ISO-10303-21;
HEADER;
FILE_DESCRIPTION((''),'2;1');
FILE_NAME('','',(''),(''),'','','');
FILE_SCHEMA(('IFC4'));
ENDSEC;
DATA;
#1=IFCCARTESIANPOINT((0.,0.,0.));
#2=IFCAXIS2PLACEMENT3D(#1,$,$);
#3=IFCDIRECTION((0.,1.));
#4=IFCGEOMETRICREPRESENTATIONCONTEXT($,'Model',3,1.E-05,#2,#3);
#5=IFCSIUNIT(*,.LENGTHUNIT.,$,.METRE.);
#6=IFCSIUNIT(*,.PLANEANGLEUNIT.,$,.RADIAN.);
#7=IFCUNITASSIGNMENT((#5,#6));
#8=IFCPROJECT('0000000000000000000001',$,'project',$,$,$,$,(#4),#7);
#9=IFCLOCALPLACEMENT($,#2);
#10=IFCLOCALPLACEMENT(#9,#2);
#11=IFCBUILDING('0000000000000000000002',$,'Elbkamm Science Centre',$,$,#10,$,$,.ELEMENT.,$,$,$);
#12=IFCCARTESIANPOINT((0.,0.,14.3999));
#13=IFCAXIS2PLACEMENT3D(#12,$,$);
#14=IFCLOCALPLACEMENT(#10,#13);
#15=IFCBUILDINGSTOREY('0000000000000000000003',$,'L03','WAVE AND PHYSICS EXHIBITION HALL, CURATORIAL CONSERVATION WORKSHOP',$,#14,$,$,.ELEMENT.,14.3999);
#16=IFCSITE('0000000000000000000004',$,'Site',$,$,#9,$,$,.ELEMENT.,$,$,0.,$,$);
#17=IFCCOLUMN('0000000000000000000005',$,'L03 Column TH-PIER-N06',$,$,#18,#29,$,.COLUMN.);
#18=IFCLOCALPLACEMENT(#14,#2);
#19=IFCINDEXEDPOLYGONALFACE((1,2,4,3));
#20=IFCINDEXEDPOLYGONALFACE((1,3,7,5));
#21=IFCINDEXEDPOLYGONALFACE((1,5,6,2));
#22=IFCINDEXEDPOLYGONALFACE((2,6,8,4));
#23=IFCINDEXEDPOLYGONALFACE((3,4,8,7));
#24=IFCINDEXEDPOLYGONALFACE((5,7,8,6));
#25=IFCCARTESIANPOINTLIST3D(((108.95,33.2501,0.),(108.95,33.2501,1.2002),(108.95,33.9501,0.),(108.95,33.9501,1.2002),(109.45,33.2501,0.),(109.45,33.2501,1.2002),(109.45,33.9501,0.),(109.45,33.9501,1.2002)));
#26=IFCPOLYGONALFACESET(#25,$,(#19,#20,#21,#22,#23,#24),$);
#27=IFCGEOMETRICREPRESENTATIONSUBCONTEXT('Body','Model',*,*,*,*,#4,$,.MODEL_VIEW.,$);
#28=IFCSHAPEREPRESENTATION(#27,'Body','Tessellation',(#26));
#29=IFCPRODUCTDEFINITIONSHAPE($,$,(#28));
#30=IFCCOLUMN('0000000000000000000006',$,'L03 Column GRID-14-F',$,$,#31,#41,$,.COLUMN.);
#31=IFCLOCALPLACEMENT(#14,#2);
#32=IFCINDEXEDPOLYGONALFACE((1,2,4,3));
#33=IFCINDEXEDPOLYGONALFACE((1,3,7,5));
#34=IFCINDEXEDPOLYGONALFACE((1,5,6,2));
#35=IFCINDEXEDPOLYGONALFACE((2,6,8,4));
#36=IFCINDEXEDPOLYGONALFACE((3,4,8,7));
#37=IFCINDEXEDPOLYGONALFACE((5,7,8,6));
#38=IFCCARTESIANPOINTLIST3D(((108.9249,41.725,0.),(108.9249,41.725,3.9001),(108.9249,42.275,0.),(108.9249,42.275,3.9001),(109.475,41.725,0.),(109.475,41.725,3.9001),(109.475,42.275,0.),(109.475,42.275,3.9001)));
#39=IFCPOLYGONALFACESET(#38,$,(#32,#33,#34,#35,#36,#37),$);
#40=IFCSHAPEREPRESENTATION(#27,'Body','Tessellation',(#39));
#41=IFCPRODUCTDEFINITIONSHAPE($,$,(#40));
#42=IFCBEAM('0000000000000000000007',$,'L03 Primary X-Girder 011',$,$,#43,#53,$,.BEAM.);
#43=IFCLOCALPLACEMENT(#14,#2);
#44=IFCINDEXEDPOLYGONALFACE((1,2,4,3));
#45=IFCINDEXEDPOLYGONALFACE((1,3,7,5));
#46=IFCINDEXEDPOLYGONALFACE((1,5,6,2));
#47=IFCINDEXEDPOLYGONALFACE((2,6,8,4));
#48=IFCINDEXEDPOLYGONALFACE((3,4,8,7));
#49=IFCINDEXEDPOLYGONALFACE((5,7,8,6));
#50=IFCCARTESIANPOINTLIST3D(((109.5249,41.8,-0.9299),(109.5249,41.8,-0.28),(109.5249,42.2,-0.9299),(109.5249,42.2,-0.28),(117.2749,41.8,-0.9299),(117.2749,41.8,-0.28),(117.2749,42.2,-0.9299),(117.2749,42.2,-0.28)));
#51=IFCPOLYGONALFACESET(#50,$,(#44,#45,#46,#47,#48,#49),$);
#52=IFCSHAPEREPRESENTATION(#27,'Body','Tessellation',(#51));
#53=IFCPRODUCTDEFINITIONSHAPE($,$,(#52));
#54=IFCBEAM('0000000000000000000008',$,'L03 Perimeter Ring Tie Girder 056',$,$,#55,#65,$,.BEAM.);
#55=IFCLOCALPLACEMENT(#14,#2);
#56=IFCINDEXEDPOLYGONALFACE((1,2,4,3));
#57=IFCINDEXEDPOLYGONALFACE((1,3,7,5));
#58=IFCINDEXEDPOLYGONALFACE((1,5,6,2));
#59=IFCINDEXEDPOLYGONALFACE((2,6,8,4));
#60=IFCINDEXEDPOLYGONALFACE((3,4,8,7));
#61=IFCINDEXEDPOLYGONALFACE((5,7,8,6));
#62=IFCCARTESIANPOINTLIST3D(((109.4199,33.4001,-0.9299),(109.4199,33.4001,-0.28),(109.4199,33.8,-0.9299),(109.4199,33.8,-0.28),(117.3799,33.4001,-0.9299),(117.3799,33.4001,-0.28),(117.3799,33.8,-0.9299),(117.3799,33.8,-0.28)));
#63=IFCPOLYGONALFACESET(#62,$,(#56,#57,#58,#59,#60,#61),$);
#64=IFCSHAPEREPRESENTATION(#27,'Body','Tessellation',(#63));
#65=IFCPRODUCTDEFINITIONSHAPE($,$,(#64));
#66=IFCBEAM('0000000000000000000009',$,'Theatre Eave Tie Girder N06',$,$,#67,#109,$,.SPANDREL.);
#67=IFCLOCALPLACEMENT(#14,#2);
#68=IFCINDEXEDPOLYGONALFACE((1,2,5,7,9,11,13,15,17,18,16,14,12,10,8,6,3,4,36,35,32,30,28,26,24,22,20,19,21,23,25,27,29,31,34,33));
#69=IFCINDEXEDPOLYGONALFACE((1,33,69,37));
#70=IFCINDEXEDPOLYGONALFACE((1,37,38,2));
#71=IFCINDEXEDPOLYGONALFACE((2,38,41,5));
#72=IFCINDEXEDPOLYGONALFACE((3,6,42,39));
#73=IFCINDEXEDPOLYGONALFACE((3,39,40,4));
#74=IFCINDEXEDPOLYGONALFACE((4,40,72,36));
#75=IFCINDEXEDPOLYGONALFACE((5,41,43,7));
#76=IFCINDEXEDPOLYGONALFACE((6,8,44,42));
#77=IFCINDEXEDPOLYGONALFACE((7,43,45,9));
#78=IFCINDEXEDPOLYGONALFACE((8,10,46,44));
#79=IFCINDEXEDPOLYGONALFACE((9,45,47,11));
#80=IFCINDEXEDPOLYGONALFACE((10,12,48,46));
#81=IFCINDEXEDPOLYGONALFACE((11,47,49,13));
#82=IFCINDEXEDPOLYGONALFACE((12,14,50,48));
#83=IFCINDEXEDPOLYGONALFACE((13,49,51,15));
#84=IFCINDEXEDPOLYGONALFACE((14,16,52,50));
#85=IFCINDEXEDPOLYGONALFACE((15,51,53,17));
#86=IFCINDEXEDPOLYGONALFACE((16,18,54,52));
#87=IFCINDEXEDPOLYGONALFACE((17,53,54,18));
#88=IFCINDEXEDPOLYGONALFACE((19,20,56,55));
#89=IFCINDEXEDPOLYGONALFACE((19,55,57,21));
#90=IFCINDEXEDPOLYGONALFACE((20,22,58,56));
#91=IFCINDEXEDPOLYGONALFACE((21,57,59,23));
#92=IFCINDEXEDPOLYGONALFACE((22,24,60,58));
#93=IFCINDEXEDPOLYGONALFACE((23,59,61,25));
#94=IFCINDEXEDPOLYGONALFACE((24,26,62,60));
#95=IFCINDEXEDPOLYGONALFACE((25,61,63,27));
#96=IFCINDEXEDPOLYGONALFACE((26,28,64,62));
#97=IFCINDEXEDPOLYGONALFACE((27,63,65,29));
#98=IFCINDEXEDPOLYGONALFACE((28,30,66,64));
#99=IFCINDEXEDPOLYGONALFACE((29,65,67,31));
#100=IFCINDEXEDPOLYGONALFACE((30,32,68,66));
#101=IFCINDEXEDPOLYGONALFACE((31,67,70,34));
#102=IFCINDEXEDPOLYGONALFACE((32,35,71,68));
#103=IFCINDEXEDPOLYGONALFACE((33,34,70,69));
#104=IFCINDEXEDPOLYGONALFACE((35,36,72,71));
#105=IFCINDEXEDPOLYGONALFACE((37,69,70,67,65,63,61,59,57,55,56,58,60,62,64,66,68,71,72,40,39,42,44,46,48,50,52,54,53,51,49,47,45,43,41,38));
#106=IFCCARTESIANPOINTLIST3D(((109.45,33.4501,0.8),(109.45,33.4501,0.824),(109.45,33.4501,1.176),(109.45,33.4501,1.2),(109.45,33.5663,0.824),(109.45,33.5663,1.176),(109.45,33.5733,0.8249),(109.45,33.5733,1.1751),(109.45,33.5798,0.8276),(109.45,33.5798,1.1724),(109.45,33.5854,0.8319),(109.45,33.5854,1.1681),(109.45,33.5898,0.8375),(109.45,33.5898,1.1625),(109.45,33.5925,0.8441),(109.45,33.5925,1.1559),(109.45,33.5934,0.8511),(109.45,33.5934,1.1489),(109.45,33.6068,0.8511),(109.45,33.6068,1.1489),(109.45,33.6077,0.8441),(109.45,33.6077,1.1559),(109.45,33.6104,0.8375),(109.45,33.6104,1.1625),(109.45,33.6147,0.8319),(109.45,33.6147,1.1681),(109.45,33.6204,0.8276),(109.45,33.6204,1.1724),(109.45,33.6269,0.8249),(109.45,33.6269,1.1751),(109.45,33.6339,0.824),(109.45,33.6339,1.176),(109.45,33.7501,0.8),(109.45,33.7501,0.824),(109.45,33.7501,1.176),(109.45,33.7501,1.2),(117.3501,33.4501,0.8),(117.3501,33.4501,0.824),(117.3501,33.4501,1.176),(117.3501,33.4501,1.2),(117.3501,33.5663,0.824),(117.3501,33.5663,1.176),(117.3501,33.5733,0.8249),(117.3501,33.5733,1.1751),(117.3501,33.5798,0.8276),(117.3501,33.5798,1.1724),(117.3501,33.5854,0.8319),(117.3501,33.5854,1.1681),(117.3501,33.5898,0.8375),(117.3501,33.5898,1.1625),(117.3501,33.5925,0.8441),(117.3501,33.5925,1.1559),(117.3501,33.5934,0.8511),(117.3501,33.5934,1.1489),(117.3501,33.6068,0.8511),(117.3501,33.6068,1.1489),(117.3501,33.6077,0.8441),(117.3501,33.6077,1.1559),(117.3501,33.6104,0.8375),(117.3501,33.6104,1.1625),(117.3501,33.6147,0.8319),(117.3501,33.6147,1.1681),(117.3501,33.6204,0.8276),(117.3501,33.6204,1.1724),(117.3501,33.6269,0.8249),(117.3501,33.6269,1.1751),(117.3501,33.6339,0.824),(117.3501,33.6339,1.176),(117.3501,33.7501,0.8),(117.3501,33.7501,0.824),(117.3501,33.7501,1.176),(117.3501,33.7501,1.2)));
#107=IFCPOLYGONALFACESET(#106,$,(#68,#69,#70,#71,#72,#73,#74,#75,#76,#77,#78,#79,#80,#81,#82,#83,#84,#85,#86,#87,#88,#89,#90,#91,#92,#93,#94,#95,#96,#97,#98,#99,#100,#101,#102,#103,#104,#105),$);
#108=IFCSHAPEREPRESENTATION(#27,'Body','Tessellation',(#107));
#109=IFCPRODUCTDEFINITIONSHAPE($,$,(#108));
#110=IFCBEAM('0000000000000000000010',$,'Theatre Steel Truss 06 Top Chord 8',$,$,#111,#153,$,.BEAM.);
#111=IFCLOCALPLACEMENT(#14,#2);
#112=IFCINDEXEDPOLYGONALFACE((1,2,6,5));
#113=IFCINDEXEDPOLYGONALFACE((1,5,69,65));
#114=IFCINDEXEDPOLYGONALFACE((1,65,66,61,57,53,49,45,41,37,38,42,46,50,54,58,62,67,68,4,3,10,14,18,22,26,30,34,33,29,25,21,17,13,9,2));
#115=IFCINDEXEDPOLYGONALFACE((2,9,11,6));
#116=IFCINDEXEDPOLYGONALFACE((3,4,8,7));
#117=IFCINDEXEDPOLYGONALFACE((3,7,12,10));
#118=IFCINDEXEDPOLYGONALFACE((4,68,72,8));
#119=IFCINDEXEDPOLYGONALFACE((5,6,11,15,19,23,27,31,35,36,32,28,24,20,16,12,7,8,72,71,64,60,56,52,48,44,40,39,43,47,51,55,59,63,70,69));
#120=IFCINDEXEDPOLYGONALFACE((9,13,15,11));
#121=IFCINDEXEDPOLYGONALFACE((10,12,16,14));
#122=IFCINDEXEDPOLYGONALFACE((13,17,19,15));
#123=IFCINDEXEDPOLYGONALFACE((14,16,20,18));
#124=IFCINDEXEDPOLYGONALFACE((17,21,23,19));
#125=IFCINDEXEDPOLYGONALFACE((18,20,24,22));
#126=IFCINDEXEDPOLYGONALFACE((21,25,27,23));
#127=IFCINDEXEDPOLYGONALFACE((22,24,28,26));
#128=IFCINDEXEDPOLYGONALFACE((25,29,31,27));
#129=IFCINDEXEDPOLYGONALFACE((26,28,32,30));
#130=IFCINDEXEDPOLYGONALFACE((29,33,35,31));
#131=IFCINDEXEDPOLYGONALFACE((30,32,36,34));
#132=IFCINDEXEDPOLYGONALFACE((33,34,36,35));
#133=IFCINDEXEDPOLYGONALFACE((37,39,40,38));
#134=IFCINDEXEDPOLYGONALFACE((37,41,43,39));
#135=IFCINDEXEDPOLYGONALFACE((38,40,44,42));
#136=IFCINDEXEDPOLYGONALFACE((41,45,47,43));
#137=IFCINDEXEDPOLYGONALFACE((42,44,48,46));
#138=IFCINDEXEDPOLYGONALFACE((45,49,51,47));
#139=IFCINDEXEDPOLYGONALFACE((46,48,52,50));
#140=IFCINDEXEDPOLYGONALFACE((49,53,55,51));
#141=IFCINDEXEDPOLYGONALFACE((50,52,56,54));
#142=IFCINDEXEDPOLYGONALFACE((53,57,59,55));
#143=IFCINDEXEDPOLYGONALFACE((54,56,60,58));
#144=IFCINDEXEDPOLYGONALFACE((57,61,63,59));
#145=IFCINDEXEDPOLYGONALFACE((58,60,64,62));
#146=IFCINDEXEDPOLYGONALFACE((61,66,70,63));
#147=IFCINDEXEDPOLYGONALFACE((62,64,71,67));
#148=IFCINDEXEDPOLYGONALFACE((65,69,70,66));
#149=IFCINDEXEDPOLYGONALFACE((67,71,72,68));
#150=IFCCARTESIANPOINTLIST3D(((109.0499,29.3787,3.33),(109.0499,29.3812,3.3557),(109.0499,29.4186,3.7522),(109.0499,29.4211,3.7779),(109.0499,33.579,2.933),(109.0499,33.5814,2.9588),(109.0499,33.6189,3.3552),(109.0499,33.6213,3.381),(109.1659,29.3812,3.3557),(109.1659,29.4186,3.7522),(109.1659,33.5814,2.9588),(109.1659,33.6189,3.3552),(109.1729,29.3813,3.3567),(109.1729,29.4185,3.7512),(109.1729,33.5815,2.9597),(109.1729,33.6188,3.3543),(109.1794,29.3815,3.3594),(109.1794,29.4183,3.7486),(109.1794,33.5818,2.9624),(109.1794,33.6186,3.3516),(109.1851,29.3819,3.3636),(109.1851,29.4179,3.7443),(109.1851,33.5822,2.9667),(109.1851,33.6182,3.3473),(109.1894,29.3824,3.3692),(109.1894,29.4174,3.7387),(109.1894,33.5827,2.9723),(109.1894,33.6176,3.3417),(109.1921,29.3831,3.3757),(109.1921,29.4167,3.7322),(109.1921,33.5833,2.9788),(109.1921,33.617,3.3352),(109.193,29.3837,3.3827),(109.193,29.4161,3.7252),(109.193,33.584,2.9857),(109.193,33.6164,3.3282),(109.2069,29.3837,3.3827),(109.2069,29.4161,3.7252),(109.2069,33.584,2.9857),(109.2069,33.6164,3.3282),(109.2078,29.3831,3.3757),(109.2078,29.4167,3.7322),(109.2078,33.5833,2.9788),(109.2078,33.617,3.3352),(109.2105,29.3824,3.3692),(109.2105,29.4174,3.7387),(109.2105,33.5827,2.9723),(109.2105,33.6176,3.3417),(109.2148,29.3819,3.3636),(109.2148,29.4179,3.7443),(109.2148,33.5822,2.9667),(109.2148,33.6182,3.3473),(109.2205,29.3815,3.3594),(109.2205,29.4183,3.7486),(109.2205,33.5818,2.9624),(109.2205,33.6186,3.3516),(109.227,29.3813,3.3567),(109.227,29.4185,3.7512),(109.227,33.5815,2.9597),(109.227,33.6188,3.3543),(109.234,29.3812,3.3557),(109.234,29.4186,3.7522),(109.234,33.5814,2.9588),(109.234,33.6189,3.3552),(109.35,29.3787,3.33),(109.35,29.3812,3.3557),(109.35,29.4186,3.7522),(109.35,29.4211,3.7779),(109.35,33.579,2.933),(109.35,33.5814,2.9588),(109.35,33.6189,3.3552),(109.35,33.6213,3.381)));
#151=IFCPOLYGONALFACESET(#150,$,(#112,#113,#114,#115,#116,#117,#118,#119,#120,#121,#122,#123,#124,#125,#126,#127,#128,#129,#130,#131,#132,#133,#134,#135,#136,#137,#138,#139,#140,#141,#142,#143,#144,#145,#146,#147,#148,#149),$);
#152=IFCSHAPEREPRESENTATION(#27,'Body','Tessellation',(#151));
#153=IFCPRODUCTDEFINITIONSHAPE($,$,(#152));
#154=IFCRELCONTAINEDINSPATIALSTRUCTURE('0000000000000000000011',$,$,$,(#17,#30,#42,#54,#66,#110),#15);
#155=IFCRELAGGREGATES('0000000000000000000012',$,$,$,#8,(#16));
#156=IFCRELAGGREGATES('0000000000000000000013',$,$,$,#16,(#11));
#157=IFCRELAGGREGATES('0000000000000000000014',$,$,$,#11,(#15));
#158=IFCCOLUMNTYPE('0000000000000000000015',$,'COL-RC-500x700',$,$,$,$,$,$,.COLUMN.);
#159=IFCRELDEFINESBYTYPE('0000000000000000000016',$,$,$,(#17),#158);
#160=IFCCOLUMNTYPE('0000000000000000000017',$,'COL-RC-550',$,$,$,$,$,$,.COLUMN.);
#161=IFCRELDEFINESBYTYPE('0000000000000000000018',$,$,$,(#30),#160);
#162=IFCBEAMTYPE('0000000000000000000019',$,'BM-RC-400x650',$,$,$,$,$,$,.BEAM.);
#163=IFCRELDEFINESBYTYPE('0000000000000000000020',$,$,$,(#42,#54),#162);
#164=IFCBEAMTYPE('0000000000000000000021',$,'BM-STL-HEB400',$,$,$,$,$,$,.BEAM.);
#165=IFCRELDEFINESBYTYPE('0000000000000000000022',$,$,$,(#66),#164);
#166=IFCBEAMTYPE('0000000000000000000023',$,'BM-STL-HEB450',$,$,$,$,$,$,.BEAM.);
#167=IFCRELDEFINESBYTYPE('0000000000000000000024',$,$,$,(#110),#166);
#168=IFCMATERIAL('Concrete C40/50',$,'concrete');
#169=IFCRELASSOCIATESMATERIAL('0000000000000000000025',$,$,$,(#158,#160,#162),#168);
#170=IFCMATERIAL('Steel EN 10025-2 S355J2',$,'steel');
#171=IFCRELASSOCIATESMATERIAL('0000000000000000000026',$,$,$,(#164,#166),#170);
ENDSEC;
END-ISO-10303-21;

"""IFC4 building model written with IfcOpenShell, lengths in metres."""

from ifc_helpers import new_model, si_unit, direction, frame, origin, origin_2d, place, context, subcontext, project, spatial, rectangle, i_section, extrude, material, material_profile, profile_set, type_object, element, save


model = new_model("IFC4")

# Units and contexts
model_context = context("Model", 3, precision=1e-05, world=origin(), true_north=direction((0.0, 1.0)))
body_context = subcontext(model_context, "Body", "Model", "MODEL_VIEW")
ifc_project = project(units=[si_unit("LENGTHUNIT", "METRE"), si_unit("PLANEANGLEUNIT", "RADIAN")], contexts=[model_context])

# Site, building, storey
site_placement = place(None, origin())
site = spatial("IfcSite", under=ifc_project, at=site_placement, Name="Site", CompositionType="ELEMENT", RefElevation=0.0)
building_placement = place(site_placement, origin())
building = spatial("IfcBuilding", under=site, at=building_placement, Name="Elbkamm Science Centre", CompositionType="ELEMENT")
storey_placement = place(building_placement, frame((0.0, 0.0, 14.3999)))
storey = spatial("IfcBuildingStorey", under=building, at=storey_placement, Name="L03", Description="WAVE AND PHYSICS EXHIBITION HALL, CURATORIAL CONSERVATION WORKSHOP", CompositionType="ELEMENT", Elevation=14.3999)

# Columns
ifc_material_1 = material(Name="Concrete C40/50", Category="concrete")
ifc_material_profile_1 = material_profile(ifc_material_1, rectangle(XDim=0.5, YDim=0.7, at=origin_2d()), Name="RC 500x700")
ifc_profile_set_1 = profile_set([ifc_material_profile_1], Name="Concrete C40/50")
column_type_1 = type_object("IfcColumnType", Name="COL-RC-500x700", PredefinedType="COLUMN", material=ifc_profile_set_1)
column_1_placement = place(storey_placement, frame((109.2, 33.6001, 0.0), z_axis=(0.0, 0.0, 1.0), x_axis=(1.0, 0.0, 0.0)))
element("IfcColumn", 1, at=column_1_placement, inside=storey, type_object=column_type_1, Name="L03 Column TH-PIER-N06", PredefinedType="COLUMN", context=body_context, shape_type="SweptSolid", body=[
    extrude(rectangle(XDim=0.5, YDim=0.7, at=origin_2d()), origin(), (0.0, 0.0, 1.0), 1.2002),
])
ifc_material_profile_2 = material_profile(ifc_material_1, rectangle(XDim=0.55, YDim=0.55, at=origin_2d()), Name="RC 550x550")
ifc_profile_set_2 = profile_set([ifc_material_profile_2], Name="Concrete C40/50")
column_type_2 = type_object("IfcColumnType", Name="COL-RC-550", PredefinedType="COLUMN", material=ifc_profile_set_2)
column_2_placement = place(storey_placement, frame((109.2, 42.0, 0.0), z_axis=(0.0, 0.0, 1.0), x_axis=(1.0, 0.0, 0.0)))
element("IfcColumn", 2, at=column_2_placement, inside=storey, type_object=column_type_2, Name="L03 Column GRID-14-F", PredefinedType="COLUMN", context=body_context, shape_type="SweptSolid", body=[
    extrude(rectangle(XDim=0.55, YDim=0.55, at=origin_2d()), origin(), (0.0, 0.0, 1.0), 3.9001),
])

# Beams
ifc_material_profile_3 = material_profile(ifc_material_1, rectangle(XDim=0.3999, YDim=0.6499, at=origin_2d()), Name="RC 400x650")
ifc_profile_set_3 = profile_set([ifc_material_profile_3], Name="Concrete C40/50")
beam_type_1 = type_object("IfcBeamType", Name="BM-RC-400x650", PredefinedType="BEAM", material=ifc_profile_set_3)
beam_1_placement = place(storey_placement, frame((109.5249, 42.0, -0.605), z_axis=(1.0, 0.0, 0.0), x_axis=(0.0, 1.0, 0.0)))
element("IfcBeam", 3, at=beam_1_placement, inside=storey, type_object=beam_type_1, Name="L03 Primary X-Girder 011", PredefinedType="BEAM", context=body_context, shape_type="SweptSolid", body=[
    extrude(rectangle(XDim=0.3999, YDim=0.6499, at=origin_2d()), origin(), (0.0, 0.0, 1.0), 7.75),
])
beam_2_placement = place(storey_placement, frame((109.4199, 33.6001, -0.605), z_axis=(1.0, 0.0, 0.0), x_axis=(0.0, 1.0, 0.0)))
element("IfcBeam", 4, at=beam_2_placement, inside=storey, type_object=beam_type_1, Name="L03 Perimeter Ring Tie Girder 056", PredefinedType="BEAM", context=body_context, shape_type="SweptSolid", body=[
    extrude(rectangle(XDim=0.3999, YDim=0.6499, at=origin_2d()), origin(), (0.0, 0.0, 1.0), 7.96),
])
ifc_material_2 = material(Name="Steel EN 10025-2 S355J2", Category="steel")
ifc_material_profile_4 = material_profile(ifc_material_2, i_section(OverallWidth=0.3, OverallDepth=0.3999, WebThickness=0.0134, FlangeThickness=0.0239, FilletRadius=0.0271, at=origin_2d()), Name="HEB 400")
ifc_profile_set_4 = profile_set([ifc_material_profile_4], Name="Steel EN 10025-2 S355J2")
beam_type_2 = type_object("IfcBeamType", Name="BM-STL-HEB400", PredefinedType="BEAM", material=ifc_profile_set_4)
beam_3_placement = place(storey_placement, frame((109.45, 33.6001, 1.0), z_axis=(1.0, 0.0, 0.0), x_axis=(0.0, 1.0, 0.0)))
element("IfcBeam", 5, at=beam_3_placement, inside=storey, type_object=beam_type_2, Name="Theatre Eave Tie Girder N06", PredefinedType="SPANDREL", context=body_context, shape_type="SweptSolid", body=[
    extrude(i_section(OverallWidth=0.3, OverallDepth=0.3999, WebThickness=0.0134, FlangeThickness=0.0239, FilletRadius=0.0271, at=origin_2d()), origin(), (0.0, 0.0, 1.0), 7.9001),
])
ifc_material_profile_5 = material_profile(ifc_material_2, i_section(OverallWidth=0.3, OverallDepth=0.45, WebThickness=0.0139, FlangeThickness=0.0259, FilletRadius=0.0271, at=origin_2d()), Name="HEB 450")
ifc_profile_set_5 = profile_set([ifc_material_profile_5], Name="Steel EN 10025-2 S355J2")
beam_type_3 = type_object("IfcBeamType", Name="BM-STL-HEB450", PredefinedType="BEAM", material=ifc_profile_set_5)
beam_4_placement = place(storey_placement, frame((109.2, 29.3999, 3.554), z_axis=(0.0, 0.995563, -0.094094), x_axis=(-1.0, 0.0, 0.0)))
element("IfcBeam", 6, at=beam_4_placement, inside=storey, type_object=beam_type_3, Name="Theatre Steel Truss 06 Top Chord 8", PredefinedType="BEAM", context=body_context, shape_type="SweptSolid", body=[
    extrude(i_section(OverallWidth=0.3, OverallDepth=0.45, WebThickness=0.0139, FlangeThickness=0.0259, FilletRadius=0.0271, at=origin_2d()), origin(), (0.0, 0.0, 1.0), 4.219),
])

save(model, "model.ifc")
